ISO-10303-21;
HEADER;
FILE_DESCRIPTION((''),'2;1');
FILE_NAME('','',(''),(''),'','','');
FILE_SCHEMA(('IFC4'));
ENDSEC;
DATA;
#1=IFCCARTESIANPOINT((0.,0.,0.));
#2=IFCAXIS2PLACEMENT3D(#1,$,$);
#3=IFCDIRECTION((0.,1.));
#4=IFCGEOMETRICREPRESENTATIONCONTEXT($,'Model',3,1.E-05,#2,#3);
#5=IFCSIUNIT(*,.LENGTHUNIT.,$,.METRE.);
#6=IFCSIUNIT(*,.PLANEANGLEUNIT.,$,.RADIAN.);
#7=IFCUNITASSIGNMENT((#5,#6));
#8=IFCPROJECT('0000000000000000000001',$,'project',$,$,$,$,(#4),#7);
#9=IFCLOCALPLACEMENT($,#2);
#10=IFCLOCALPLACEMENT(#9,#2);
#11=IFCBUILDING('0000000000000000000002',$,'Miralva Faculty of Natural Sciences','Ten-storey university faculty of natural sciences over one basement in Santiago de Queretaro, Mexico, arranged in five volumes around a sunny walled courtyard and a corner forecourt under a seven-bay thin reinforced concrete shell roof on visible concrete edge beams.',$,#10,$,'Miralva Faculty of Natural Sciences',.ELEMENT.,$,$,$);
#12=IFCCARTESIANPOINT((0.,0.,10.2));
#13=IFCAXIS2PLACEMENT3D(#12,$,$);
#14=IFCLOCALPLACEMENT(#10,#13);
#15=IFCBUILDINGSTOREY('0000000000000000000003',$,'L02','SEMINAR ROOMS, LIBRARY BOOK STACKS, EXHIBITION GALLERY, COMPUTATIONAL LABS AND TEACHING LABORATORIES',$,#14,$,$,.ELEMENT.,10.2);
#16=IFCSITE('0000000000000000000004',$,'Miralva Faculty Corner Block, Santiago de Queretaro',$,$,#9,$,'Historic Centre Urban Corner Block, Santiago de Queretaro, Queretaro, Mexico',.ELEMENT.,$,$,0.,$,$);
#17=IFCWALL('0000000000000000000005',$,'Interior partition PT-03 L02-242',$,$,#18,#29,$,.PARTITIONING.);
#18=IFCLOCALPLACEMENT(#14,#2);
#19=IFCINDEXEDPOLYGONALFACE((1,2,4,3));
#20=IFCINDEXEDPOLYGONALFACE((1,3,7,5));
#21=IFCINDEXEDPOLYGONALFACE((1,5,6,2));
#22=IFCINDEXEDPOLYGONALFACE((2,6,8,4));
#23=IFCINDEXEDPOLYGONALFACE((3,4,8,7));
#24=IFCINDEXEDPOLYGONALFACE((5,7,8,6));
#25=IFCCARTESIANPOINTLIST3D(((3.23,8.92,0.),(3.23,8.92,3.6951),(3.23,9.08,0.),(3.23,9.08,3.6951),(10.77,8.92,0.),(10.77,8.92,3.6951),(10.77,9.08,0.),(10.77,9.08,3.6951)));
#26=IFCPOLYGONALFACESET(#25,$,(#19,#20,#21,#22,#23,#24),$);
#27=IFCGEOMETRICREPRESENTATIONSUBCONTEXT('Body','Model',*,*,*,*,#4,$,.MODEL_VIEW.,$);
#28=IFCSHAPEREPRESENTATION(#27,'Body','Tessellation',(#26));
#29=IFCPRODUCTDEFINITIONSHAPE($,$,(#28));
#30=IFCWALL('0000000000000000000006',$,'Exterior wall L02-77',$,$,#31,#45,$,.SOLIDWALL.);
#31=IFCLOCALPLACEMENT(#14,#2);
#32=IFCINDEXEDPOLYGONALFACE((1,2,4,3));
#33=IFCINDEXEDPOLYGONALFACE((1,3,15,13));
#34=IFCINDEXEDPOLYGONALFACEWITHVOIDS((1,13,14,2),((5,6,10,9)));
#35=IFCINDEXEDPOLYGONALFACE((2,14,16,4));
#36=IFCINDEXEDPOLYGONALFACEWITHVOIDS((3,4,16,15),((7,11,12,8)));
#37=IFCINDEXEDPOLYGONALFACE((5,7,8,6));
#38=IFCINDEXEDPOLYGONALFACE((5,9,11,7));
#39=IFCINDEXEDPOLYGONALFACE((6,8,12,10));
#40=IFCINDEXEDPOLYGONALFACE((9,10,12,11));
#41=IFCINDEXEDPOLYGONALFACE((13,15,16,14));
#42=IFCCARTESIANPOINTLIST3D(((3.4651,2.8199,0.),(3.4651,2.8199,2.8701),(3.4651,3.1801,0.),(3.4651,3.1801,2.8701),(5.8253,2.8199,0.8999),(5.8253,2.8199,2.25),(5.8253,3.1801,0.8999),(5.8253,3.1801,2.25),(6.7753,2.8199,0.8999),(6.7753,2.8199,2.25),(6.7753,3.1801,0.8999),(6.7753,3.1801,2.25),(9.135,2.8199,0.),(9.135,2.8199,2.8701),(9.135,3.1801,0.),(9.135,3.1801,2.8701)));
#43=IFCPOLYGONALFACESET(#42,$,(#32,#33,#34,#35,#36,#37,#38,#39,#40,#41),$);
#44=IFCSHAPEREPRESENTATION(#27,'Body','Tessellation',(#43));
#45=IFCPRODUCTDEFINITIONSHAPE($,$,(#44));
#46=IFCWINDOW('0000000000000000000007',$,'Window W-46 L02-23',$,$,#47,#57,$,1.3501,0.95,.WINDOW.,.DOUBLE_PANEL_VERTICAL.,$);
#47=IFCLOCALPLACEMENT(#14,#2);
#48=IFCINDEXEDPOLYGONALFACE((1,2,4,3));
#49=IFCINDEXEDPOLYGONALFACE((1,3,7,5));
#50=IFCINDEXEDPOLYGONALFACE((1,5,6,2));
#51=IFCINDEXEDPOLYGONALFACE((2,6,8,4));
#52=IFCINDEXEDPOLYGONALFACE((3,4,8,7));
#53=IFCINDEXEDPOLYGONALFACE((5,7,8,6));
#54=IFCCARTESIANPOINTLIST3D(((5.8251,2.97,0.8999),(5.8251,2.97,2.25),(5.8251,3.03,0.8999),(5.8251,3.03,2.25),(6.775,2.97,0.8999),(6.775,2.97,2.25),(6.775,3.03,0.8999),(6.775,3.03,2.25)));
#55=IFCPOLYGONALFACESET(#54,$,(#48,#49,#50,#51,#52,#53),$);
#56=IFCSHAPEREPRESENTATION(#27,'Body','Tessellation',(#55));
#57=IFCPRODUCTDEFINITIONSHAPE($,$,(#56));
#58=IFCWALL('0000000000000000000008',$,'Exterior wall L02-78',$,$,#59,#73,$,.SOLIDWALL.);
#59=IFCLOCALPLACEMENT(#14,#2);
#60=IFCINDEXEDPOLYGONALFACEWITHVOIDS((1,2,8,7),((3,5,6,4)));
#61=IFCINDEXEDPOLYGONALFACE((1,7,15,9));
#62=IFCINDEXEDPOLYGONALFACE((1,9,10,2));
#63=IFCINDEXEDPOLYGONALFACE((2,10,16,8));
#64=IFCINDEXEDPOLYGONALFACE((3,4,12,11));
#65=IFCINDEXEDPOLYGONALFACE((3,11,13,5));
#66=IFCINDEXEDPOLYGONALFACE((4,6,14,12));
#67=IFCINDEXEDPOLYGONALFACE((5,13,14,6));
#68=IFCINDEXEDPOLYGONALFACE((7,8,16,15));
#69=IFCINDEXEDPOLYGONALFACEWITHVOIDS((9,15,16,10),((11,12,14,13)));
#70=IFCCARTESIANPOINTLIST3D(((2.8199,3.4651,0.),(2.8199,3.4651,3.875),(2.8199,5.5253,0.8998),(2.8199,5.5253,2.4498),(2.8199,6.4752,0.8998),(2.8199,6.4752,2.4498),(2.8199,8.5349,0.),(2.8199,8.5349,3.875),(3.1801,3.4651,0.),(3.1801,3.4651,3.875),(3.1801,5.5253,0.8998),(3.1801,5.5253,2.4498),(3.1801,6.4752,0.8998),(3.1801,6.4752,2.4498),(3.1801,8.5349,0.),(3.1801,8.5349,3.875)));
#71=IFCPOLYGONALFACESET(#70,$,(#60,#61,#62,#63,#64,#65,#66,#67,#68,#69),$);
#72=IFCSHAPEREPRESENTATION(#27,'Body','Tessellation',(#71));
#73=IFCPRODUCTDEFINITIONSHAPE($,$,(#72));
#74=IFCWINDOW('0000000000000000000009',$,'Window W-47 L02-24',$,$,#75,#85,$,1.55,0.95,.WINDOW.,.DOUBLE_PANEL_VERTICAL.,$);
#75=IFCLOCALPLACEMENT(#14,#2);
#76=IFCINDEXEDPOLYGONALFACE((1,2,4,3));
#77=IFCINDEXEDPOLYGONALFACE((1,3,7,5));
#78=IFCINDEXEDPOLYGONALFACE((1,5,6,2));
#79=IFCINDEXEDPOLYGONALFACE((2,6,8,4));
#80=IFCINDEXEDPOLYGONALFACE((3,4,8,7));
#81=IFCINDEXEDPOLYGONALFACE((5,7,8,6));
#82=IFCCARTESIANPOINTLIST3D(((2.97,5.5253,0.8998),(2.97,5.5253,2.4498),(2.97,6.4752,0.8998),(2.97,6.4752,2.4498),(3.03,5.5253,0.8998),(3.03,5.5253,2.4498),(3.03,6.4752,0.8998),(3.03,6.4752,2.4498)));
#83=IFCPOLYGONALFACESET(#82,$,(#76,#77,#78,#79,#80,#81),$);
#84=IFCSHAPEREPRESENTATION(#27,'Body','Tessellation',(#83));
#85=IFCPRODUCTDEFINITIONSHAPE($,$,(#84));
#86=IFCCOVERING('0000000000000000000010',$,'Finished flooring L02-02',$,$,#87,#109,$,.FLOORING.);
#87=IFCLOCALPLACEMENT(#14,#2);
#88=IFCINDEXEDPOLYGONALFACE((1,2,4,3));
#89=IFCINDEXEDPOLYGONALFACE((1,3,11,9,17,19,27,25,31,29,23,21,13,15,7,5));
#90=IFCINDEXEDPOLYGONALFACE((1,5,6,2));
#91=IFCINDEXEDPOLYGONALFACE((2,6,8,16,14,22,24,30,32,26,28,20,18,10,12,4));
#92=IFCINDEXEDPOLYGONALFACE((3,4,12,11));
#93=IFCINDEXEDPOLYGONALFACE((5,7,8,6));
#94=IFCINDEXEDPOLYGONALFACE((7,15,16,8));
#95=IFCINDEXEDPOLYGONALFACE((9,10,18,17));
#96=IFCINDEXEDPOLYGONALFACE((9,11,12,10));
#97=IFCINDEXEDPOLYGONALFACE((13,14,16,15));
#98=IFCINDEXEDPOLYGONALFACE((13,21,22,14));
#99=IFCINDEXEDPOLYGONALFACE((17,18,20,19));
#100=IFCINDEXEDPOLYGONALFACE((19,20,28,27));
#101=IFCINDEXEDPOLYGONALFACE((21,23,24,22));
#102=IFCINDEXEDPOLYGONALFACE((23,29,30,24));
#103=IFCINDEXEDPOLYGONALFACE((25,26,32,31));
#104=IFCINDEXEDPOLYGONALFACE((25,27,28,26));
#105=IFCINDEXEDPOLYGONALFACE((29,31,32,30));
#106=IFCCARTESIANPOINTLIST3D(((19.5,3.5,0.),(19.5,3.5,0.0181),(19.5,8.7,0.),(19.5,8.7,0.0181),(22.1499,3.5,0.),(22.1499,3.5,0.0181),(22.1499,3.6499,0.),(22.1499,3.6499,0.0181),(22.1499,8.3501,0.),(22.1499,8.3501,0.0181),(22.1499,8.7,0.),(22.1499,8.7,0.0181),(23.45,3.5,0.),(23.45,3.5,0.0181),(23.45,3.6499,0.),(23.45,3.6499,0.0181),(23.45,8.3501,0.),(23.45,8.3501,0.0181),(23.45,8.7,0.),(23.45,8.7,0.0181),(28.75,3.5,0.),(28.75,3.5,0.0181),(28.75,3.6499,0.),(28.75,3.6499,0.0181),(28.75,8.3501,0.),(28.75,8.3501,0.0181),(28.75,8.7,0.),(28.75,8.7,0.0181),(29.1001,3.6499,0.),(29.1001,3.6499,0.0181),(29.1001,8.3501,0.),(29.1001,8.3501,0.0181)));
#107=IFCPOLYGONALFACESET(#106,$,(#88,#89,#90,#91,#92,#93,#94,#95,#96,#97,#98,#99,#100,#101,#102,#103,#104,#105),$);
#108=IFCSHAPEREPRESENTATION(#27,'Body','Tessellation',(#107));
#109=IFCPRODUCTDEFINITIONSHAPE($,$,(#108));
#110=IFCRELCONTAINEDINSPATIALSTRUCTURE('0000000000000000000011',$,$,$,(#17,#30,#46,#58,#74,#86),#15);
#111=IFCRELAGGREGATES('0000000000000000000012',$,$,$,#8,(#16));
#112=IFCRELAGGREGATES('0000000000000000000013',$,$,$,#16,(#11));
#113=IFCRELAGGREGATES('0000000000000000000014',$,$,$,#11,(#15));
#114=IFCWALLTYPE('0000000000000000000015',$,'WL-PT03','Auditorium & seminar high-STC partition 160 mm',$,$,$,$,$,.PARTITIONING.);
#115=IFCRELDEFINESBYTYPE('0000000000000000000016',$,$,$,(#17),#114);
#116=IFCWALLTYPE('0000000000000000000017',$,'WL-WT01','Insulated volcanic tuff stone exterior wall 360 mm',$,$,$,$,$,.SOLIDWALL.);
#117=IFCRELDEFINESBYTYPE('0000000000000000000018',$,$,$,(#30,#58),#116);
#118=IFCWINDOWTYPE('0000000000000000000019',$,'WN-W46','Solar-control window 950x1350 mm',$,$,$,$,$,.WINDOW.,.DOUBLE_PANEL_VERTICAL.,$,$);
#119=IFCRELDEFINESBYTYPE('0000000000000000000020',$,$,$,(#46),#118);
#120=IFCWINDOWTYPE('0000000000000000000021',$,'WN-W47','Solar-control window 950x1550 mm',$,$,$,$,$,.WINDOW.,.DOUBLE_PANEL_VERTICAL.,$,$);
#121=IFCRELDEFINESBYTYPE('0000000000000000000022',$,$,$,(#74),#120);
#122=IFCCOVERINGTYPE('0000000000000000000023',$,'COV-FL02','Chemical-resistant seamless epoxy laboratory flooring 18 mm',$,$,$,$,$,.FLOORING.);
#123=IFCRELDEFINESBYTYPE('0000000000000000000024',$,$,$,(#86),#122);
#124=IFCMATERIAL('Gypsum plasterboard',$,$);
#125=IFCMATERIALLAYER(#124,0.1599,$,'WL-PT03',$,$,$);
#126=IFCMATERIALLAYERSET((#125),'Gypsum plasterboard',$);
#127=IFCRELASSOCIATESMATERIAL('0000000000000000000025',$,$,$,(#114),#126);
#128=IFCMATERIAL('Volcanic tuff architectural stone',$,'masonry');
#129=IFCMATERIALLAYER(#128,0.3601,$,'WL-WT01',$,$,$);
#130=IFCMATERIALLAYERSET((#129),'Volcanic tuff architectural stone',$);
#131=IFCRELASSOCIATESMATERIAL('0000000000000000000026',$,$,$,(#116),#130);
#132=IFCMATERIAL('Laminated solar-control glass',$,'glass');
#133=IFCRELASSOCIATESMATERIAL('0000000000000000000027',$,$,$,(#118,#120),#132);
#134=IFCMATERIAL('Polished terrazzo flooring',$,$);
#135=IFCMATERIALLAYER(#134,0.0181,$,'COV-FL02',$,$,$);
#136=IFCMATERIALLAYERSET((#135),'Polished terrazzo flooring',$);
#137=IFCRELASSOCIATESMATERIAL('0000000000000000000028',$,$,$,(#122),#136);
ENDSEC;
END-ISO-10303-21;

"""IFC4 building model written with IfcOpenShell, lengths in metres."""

from ifc_helpers import new_model, si_unit, direction, frame, frame_2d, origin, place, context, subcontext, project, spatial, polyline, rectangle, outline, extrude, material, layer, layer_set, type_object, element, fill, save


model = new_model("IFC4")

# Units and contexts
model_context = context("Model", 3, precision=1e-05, world=origin(), true_north=direction((0.0, 1.0)))
body_context = subcontext(model_context, "Body", "Model", "MODEL_VIEW")
ifc_project = project(units=[si_unit("LENGTHUNIT", "METRE"), si_unit("PLANEANGLEUNIT", "RADIAN")], contexts=[model_context])

# Site, building, storey
site_placement = place(None, origin())
site = spatial("IfcSite", under=ifc_project, at=site_placement, Name="Miralva Faculty Corner Block, Santiago de Queretaro", LongName="Historic Centre Urban Corner Block, Santiago de Queretaro, Queretaro, Mexico", CompositionType="ELEMENT", RefElevation=0.0)
building_placement = place(site_placement, origin())
building = spatial("IfcBuilding", under=site, at=building_placement, Name="Miralva Faculty of Natural Sciences", Description="Ten-storey university faculty of natural sciences over one basement in Santiago de Queretaro, Mexico, arranged in five volumes around a sunny walled courtyard and a corner forecourt under a seven-bay thin reinforced concrete shell roof on visible concrete edge beams.", LongName="Miralva Faculty of Natural Sciences", CompositionType="ELEMENT")
storey_placement = place(building_placement, frame((0.0, 0.0, 10.2)))
storey = spatial("IfcBuildingStorey", under=building, at=storey_placement, Name="L02", Description="SEMINAR ROOMS, LIBRARY BOOK STACKS, EXHIBITION GALLERY, COMPUTATIONAL LABS AND TEACHING LABORATORIES", CompositionType="ELEMENT", Elevation=10.2)

# Shared definitions
ifc_material_1 = material(Name="Laminated solar-control glass", Category="glass")

# Wall
ifc_material_2 = material(Name="Gypsum plasterboard")
ifc_layer_1 = layer(ifc_material_2, 0.1599, Name="WL-PT03")
ifc_layer_set_1 = layer_set([ifc_layer_1], Name="Gypsum plasterboard")
wall_type_1 = type_object("IfcWallType", Name="WL-PT03", Description="Auditorium & seminar high-STC partition 160 mm", PredefinedType="PARTITIONING", material=ifc_layer_set_1)
wall_1_placement = place(storey_placement, frame((3.23, 9.0, 0.0), z_axis=(0.0, 0.0, 1.0), x_axis=(1.0, 0.0, 0.0)))
element("IfcWall", 1, at=wall_1_placement, inside=storey, type_object=wall_type_1, Name="Interior partition PT-03 L02-242", PredefinedType="PARTITIONING", context=body_context, shape_type="SweptSolid", body=[
    extrude(rectangle(XDim=7.54, YDim=0.1599, at=frame_2d((3.77, 0.0))), origin(), (0.0, 0.0, 1.0), 3.6951),
])

# Walls, openings, windows
ifc_material_3 = material(Name="Volcanic tuff architectural stone", Category="masonry")
ifc_layer_2 = layer(ifc_material_3, 0.3601, Name="WL-WT01")
ifc_layer_set_2 = layer_set([ifc_layer_2], Name="Volcanic tuff architectural stone")
wall_type_2 = type_object("IfcWallType", Name="WL-WT01", Description="Insulated volcanic tuff stone exterior wall 360 mm", PredefinedType="SOLIDWALL", material=ifc_layer_set_2)
wall_2_placement = place(storey_placement, frame((3.4651, 3.0, 0.0), z_axis=(0.0, 0.0, 1.0), x_axis=(1.0, 0.0, 0.0)))
wall_2 = element("IfcWall", 2, at=wall_2_placement, inside=storey, type_object=wall_type_2, Name="Exterior wall L02-77", PredefinedType="SOLIDWALL", context=body_context, shape_type="SweptSolid", body=[
    extrude(rectangle(XDim=5.6699, YDim=0.3601, at=frame_2d((2.835, 0.0))), origin(), (0.0, 0.0, 1.0), 2.8701),
])
opening_1_placement = place(wall_2_placement, frame((2.3601, 0.0, 0.8999)))
opening_1 = element("IfcOpeningElement", 3, at=opening_1_placement, cuts=wall_2, PredefinedType="OPENING", context=body_context, shape_type="SweptSolid", body=[
    extrude(rectangle(XDim=0.95, YDim=1.3501, at=frame_2d((0.4751, 0.675))), frame((0.0, 0.1899, 0.0), z_axis=(0.0, -1.0, 0.0), x_axis=(1.0, 0.0, 0.0)), (0.0, 0.0, 1.0), 0.3801),
])
window_type_1 = type_object("IfcWindowType", Name="WN-W46", Description="Solar-control window 950x1350 mm", PartitioningType="DOUBLE_PANEL_VERTICAL", PredefinedType="WINDOW", material=ifc_material_1)
window_1_placement = place(opening_1_placement, frame((0.95, 0.0, 0.0), z_axis=(0.0, 0.0, 1.0), x_axis=(-1.0, 0.0, 0.0)))
window_1 = element("IfcWindow", 4, at=window_1_placement, inside=storey, type_object=window_type_1, Name="Window W-46 L02-23", OverallHeight=1.3501, OverallWidth=0.95, PartitioningType="DOUBLE_PANEL_VERTICAL", PredefinedType="WINDOW", context=body_context, shape_type="SweptSolid", body=[
    extrude(rectangle(XDim=0.95, YDim=1.3501, at=frame_2d((0.4751, 0.675))), frame((0.0, 0.03, 0.0), z_axis=(0.0, -1.0, 0.0), x_axis=(1.0, 0.0, 0.0)), (0.0, 0.0, 1.0), 0.0601),
])
fill(opening_1, window_1)
wall_3_placement = place(storey_placement, frame((3.0, 3.4651, 0.0), z_axis=(0.0, 0.0, 1.0), x_axis=(0.0, 1.0, 0.0)))
wall_3 = element("IfcWall", 5, at=wall_3_placement, inside=storey, type_object=wall_type_2, Name="Exterior wall L02-78", PredefinedType="SOLIDWALL", context=body_context, shape_type="SweptSolid", body=[
    extrude(rectangle(XDim=5.0698, YDim=0.3601, at=frame_2d((2.5349, 0.0))), origin(), (0.0, 0.0, 1.0), 3.875),
])
opening_2_placement = place(wall_3_placement, frame((2.0601, 0.0, 0.8999)))
opening_2 = element("IfcOpeningElement", 6, at=opening_2_placement, cuts=wall_3, PredefinedType="OPENING", context=body_context, shape_type="SweptSolid", body=[
    extrude(rectangle(XDim=0.95, YDim=1.55, at=frame_2d((0.4751, 0.7749))), frame((0.0, 0.1899, 0.0), z_axis=(0.0, -1.0, 0.0), x_axis=(1.0, 0.0, 0.0)), (0.0, 0.0, 1.0), 0.3801),
])
window_type_2 = type_object("IfcWindowType", Name="WN-W47", Description="Solar-control window 950x1550 mm", PartitioningType="DOUBLE_PANEL_VERTICAL", PredefinedType="WINDOW", material=ifc_material_1)
window_2_placement = place(opening_2_placement, origin())
window_2 = element("IfcWindow", 7, at=window_2_placement, inside=storey, type_object=window_type_2, Name="Window W-47 L02-24", OverallHeight=1.55, OverallWidth=0.95, PartitioningType="DOUBLE_PANEL_VERTICAL", PredefinedType="WINDOW", context=body_context, shape_type="SweptSolid", body=[
    extrude(rectangle(XDim=0.95, YDim=1.55, at=frame_2d((0.4751, 0.7749))), frame((0.0, 0.03, 0.0), z_axis=(0.0, -1.0, 0.0), x_axis=(1.0, 0.0, 0.0)), (0.0, 0.0, 1.0), 0.0601),
])
fill(opening_2, window_2)

# Covering
ifc_material_4 = material(Name="Polished terrazzo flooring")
ifc_layer_3 = layer(ifc_material_4, 0.0181, Name="COV-FL02")
ifc_layer_set_3 = layer_set([ifc_layer_3], Name="Polished terrazzo flooring")
covering_type = type_object("IfcCoveringType", Name="COV-FL02", Description="Chemical-resistant seamless epoxy laboratory flooring 18 mm", PredefinedType="FLOORING", material=ifc_layer_set_3)
covering_placement = place(storey_placement, origin())
element("IfcCovering", 8, at=covering_placement, inside=storey, type_object=covering_type, Name="Finished flooring L02-02", PredefinedType="FLOORING", context=body_context, shape_type="SweptSolid", body=[
    extrude(outline(polyline([(22.1499, 3.6499), (22.1499, 3.5), (19.5, 3.5), (19.5, 8.7), (22.1499, 8.7), (22.1499, 8.3501), (23.45, 8.3501), (23.45, 8.7), (28.75, 8.7), (28.75, 8.3501), (29.1001, 8.3501), (29.1001, 3.6499), (28.75, 3.6499), (28.75, 3.5), (23.45, 3.5), (23.45, 3.6499), (22.1499, 3.6499)])), origin(), (0.0, 0.0, 1.0), 0.0181),
])

save(model, "model.ifc")
